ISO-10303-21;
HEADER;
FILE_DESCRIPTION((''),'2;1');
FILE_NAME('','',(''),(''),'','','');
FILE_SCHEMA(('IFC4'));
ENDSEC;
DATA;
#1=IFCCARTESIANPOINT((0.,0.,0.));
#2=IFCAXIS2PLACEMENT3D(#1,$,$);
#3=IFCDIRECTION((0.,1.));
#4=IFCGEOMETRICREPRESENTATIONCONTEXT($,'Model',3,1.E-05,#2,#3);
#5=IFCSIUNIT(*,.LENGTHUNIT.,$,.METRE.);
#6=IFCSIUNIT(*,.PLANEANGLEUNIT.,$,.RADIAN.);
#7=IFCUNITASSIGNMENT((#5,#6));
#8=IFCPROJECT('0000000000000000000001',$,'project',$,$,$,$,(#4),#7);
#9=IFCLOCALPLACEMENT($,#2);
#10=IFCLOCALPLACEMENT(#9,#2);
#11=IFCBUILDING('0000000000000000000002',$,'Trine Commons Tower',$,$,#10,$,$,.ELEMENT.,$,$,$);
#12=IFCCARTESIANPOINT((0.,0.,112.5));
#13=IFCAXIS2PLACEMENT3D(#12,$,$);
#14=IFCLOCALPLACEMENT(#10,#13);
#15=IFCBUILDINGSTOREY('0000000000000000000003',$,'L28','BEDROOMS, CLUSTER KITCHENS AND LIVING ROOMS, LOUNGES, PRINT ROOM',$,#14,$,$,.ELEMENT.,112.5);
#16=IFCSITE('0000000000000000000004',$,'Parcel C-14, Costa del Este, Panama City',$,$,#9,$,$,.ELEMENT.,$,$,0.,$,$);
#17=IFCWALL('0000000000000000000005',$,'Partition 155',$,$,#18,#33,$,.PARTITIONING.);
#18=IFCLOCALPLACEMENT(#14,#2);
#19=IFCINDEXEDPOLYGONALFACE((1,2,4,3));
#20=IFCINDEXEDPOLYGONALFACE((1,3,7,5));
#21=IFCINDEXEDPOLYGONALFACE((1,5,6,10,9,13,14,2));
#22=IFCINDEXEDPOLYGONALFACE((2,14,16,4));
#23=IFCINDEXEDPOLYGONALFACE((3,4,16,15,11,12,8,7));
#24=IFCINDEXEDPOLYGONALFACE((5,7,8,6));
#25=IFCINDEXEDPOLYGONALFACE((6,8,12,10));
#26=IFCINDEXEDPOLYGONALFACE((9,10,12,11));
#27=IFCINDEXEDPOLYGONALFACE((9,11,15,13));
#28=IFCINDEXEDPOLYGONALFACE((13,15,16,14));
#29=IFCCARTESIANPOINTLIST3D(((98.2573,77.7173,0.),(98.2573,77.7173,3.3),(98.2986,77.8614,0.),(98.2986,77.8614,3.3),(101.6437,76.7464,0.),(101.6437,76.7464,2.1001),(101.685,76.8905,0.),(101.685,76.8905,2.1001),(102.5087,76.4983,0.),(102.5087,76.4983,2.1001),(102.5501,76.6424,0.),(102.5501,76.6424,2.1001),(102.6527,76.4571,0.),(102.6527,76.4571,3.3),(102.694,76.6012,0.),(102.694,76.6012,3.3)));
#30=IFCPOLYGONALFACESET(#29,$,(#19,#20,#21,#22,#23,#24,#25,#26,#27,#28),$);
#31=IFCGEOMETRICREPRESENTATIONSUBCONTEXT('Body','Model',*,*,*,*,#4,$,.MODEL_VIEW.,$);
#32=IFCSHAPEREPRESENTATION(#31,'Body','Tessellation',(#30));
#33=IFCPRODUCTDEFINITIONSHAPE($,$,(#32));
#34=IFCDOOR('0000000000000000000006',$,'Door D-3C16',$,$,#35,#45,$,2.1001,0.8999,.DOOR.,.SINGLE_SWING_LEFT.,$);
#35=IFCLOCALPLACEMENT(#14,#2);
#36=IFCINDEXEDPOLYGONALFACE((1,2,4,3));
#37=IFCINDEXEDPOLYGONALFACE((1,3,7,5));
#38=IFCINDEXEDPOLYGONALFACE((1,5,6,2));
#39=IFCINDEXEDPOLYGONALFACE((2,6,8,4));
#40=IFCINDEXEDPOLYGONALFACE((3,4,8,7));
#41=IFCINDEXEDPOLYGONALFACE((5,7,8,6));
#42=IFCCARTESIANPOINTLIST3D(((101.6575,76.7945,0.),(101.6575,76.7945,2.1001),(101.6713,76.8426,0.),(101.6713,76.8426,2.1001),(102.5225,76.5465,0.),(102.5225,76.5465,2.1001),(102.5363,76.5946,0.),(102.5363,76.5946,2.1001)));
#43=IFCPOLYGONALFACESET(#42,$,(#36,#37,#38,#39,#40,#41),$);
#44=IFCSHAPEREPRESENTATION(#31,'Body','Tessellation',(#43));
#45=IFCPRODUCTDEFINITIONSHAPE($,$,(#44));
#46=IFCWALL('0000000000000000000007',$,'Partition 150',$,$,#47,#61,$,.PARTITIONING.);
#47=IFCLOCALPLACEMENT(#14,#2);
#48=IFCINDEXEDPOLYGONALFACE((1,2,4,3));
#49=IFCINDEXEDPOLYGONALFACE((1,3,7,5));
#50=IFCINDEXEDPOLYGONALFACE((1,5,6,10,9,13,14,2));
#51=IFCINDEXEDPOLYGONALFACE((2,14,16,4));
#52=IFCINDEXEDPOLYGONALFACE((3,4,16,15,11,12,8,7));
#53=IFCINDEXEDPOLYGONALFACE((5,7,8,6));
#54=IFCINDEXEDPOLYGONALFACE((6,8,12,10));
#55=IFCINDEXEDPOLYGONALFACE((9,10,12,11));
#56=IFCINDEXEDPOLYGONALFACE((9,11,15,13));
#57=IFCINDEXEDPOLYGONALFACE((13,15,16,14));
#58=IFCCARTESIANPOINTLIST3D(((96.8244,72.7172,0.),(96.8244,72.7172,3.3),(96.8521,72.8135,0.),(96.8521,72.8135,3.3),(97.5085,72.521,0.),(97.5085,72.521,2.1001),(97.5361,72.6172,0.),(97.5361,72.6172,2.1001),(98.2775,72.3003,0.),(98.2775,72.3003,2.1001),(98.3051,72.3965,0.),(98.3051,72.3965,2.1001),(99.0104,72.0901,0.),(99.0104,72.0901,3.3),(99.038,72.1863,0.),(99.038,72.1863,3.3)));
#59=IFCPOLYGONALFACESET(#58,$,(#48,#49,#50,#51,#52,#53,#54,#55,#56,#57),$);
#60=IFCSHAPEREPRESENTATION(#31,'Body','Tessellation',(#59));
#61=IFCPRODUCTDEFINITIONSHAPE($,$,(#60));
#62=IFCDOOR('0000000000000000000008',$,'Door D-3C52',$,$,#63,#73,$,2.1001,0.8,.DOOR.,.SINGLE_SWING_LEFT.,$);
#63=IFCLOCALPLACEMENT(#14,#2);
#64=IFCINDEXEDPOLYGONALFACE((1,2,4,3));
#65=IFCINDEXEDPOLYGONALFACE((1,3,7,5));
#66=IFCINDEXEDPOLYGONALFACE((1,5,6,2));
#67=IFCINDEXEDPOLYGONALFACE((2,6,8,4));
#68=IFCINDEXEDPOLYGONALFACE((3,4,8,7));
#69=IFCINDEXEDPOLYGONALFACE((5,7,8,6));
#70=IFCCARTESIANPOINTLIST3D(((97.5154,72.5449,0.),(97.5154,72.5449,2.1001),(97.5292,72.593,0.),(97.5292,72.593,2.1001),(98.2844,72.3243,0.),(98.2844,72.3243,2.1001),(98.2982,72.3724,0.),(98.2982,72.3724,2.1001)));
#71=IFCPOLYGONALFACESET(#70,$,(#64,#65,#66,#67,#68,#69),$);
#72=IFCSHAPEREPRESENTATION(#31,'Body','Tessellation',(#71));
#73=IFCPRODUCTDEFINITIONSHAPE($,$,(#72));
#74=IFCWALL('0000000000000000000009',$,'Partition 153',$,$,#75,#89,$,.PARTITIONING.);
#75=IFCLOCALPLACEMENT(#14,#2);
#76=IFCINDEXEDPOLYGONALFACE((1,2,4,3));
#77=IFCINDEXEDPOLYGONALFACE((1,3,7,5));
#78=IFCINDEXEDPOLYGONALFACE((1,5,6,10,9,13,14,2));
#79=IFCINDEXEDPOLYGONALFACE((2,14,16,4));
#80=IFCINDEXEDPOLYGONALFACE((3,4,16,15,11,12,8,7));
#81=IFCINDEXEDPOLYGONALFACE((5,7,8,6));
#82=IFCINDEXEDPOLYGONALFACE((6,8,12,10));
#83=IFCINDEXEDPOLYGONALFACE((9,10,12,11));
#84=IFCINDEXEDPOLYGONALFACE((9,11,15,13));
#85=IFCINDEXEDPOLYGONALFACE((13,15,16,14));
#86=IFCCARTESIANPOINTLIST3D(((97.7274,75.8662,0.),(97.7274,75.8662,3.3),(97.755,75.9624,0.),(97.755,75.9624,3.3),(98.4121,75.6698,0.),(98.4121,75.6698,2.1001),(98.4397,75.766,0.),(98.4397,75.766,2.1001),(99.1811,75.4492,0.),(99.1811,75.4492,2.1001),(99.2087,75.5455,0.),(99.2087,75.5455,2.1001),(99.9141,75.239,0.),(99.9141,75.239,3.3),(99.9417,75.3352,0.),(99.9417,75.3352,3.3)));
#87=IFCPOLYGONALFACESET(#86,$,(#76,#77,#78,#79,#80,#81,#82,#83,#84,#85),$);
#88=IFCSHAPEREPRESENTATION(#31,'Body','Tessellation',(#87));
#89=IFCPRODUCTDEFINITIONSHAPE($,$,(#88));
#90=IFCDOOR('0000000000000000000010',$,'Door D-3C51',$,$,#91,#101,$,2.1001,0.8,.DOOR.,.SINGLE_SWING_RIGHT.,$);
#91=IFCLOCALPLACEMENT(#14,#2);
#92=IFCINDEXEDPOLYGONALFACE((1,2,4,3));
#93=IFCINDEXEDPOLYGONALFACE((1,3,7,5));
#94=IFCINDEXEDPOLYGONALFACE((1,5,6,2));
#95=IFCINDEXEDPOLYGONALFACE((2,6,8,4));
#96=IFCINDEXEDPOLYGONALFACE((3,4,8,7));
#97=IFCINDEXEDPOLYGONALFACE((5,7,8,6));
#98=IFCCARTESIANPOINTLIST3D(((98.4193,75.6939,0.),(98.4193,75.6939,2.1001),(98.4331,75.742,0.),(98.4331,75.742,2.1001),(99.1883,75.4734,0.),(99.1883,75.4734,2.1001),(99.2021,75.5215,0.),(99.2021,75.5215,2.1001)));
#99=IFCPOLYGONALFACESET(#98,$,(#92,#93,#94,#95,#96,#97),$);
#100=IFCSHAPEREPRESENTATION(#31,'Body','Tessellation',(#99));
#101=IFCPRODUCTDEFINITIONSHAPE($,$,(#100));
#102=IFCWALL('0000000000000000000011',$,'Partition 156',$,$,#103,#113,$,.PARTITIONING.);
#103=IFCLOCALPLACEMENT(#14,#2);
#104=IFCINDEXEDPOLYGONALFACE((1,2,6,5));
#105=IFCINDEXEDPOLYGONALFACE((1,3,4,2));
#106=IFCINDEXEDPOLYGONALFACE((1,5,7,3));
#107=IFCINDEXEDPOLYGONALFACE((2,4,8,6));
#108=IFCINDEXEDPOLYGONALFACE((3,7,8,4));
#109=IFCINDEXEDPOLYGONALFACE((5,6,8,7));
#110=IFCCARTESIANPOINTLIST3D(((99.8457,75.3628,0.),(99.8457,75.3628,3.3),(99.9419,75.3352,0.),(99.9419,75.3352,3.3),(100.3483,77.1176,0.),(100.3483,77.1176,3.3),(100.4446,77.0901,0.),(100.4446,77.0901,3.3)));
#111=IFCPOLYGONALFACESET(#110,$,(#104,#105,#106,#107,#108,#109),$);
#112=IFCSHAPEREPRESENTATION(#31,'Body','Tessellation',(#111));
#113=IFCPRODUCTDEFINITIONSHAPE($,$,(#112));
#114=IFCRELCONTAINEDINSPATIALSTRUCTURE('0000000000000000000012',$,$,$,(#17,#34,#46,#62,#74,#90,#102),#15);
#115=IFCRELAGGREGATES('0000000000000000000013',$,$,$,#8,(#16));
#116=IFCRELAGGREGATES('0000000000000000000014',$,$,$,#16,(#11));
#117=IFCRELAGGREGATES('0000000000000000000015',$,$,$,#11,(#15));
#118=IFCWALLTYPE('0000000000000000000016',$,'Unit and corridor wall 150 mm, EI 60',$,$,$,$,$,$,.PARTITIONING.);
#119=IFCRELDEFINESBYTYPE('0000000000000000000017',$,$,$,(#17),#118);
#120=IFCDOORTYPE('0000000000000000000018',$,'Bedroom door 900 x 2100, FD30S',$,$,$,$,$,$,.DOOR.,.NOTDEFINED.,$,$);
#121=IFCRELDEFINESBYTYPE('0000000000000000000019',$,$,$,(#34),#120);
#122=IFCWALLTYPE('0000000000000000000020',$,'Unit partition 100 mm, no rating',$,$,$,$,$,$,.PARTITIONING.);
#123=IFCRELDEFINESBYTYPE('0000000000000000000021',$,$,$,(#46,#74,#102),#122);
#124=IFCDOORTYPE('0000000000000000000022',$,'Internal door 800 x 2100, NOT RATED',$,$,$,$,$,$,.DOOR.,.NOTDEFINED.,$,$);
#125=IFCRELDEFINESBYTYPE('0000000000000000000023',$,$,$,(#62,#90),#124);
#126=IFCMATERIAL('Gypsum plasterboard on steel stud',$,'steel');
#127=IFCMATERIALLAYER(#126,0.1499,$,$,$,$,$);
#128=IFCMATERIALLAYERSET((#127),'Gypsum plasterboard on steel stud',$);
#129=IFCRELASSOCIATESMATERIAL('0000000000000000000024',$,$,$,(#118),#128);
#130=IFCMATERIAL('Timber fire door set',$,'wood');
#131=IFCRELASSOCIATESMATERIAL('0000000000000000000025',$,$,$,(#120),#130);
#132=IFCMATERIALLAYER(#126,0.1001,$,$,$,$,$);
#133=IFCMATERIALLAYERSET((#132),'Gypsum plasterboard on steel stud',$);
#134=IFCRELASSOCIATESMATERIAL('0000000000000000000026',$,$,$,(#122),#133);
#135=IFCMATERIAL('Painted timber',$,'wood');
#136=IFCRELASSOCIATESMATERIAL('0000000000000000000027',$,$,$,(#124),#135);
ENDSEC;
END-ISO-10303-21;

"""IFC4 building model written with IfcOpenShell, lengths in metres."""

from ifc_helpers import new_model, si_unit, direction, frame, frame_2d, origin, place, context, subcontext, project, spatial, rectangle, extrude, material, layer, layer_set, type_object, element, fill, save


model = new_model("IFC4")

# Units and contexts
model_context = context("Model", 3, precision=1e-05, world=origin(), true_north=direction((0.0, 1.0)))
body_context = subcontext(model_context, "Body", "Model", "MODEL_VIEW")
ifc_project = project(units=[si_unit("LENGTHUNIT", "METRE"), si_unit("PLANEANGLEUNIT", "RADIAN")], contexts=[model_context])

# Site, building, storey
site_placement = place(None, origin())
site = spatial("IfcSite", under=ifc_project, at=site_placement, Name="Parcel C-14, Costa del Este, Panama City", CompositionType="ELEMENT", RefElevation=0.0)
building_placement = place(site_placement, origin())
building = spatial("IfcBuilding", under=site, at=building_placement, Name="Trine Commons Tower", CompositionType="ELEMENT")
storey_placement = place(building_placement, frame((0.0, 0.0, 112.5)))
storey = spatial("IfcBuildingStorey", under=building, at=storey_placement, Name="L28", Description="BEDROOMS, CLUSTER KITCHENS AND LIVING ROOMS, LOUNGES, PRINT ROOM", CompositionType="ELEMENT", Elevation=112.5)

# Shared definitions
ifc_material_1 = material(Name="Gypsum plasterboard on steel stud", Category="steel")
ifc_layer_1 = layer(ifc_material_1, 0.1499)
ifc_layer_set_1 = layer_set([ifc_layer_1], Name="Gypsum plasterboard on steel stud")
wall_type_1 = type_object("IfcWallType", Name="Unit and corridor wall 150 mm, EI 60", PredefinedType="PARTITIONING", material=ifc_layer_set_1)

# Shared definitions
ifc_material_2 = material(Name="Timber fire door set", Category="wood")
door_type_1 = type_object("IfcDoorType", Name="Bedroom door 900 x 2100, FD30S", OperationType="NOTDEFINED", PredefinedType="DOOR", material=ifc_material_2)

# Walls, openings, doors
wall_1_placement = place(storey_placement, frame((98.2781, 77.7893, 0.0), z_axis=(0.0, 0.0, 1.0), x_axis=(0.96127, -0.27561, 0.0)))
wall_1 = element("IfcWall", 1, at=wall_1_placement, inside=storey, type_object=wall_type_1, Name="Partition 155", PredefinedType="PARTITIONING", context=body_context, shape_type="SweptSolid", body=[
    extrude(rectangle(XDim=4.5725, YDim=0.1499, at=frame_2d((2.2861, 0.0))), origin(), (0.0, 0.0, 1.0), 3.3),
])
opening_1_placement = place(wall_1_placement, frame((3.5227, 0.0, 0.0)))
opening_1 = element("IfcOpeningElement", 2, at=opening_1_placement, cuts=wall_1, PredefinedType="OPENING", context=body_context, shape_type="SweptSolid", body=[
    extrude(rectangle(XDim=0.8999, YDim=2.1001, at=frame_2d((0.45, 1.05))), frame((0.0, 0.085, 0.0), z_axis=(0.0, -1.0, 0.0), x_axis=(1.0, 0.0, 0.0)), (0.0, 0.0, 1.0), 0.1699),
])
door_1_placement = place(opening_1_placement, frame((0.8999, 0.0, 0.0), z_axis=(0.0, 0.0, 1.0), x_axis=(-1.0, 0.0, 0.0)))
door_1 = element("IfcDoor", 3, at=door_1_placement, inside=storey, type_object=door_type_1, Name="Door D-3C16", OperationType="SINGLE_SWING_LEFT", OverallHeight=2.1001, OverallWidth=0.8999, PredefinedType="DOOR", context=body_context, shape_type="SweptSolid", body=[
    extrude(rectangle(XDim=0.8999, YDim=2.1001, at=frame_2d((0.45, 1.05))), frame((0.0, 0.0249, 0.0), z_axis=(0.0, -1.0, 0.0), x_axis=(1.0, 0.0, 0.0)), (0.0, 0.0, 1.0), 0.05),
])
fill(opening_1, door_1)
ifc_layer_2 = layer(ifc_material_1, 0.1001)
ifc_layer_set_2 = layer_set([ifc_layer_2], Name="Gypsum plasterboard on steel stud")
wall_type_2 = type_object("IfcWallType", Name="Unit partition 100 mm, no rating", PredefinedType="PARTITIONING", material=ifc_layer_set_2)
wall_2_placement = place(storey_placement, frame((96.8381, 72.7654, 0.0), z_axis=(0.0, 0.0, 1.0), x_axis=(0.96122, -0.275784, 0.0)))
wall_2 = element("IfcWall", 4, at=wall_2_placement, inside=storey, type_object=wall_type_2, Name="Partition 150", PredefinedType="PARTITIONING", context=body_context, shape_type="SweptSolid", body=[
    extrude(rectangle(XDim=2.2742, YDim=0.1001, at=frame_2d((1.1372, 0.0))), origin(), (0.0, 0.0, 1.0), 3.3),
])
opening_2_placement = place(wall_2_placement, frame((0.7119, 0.0, 0.0)))
opening_2 = element("IfcOpeningElement", 5, at=opening_2_placement, cuts=wall_2, PredefinedType="OPENING", context=body_context, shape_type="SweptSolid", body=[
    extrude(rectangle(XDim=0.8, YDim=2.1001, at=frame_2d((0.3999, 1.05))), frame((0.0, 0.0601, 0.0), z_axis=(0.0, -1.0, 0.0), x_axis=(1.0, 0.0, 0.0)), (0.0, 0.0, 1.0), 0.1201),
])
ifc_material_3 = material(Name="Painted timber", Category="wood")
door_type_2 = type_object("IfcDoorType", Name="Internal door 800 x 2100, NOT RATED", OperationType="NOTDEFINED", PredefinedType="DOOR", material=ifc_material_3)
door_2_placement = place(opening_2_placement, origin())
door_2 = element("IfcDoor", 6, at=door_2_placement, inside=storey, type_object=door_type_2, Name="Door D-3C52", OperationType="SINGLE_SWING_LEFT", OverallHeight=2.1001, OverallWidth=0.8, PredefinedType="DOOR", context=body_context, shape_type="SweptSolid", body=[
    extrude(rectangle(XDim=0.8, YDim=2.1001, at=frame_2d((0.3999, 1.05))), frame((0.0, 0.0249, 0.0), z_axis=(0.0, -1.0, 0.0), x_axis=(1.0, 0.0, 0.0)), (0.0, 0.0, 1.0), 0.05),
])
fill(opening_2, door_2)
wall_3_placement = place(storey_placement, frame((97.7412, 75.9143, 0.0), z_axis=(0.0, 0.0, 1.0), x_axis=(0.961244, -0.275699, 0.0)))
wall_3 = element("IfcWall", 7, at=wall_3_placement, inside=storey, type_object=wall_type_2, Name="Partition 153", PredefinedType="PARTITIONING", context=body_context, shape_type="SweptSolid", body=[
    extrude(rectangle(XDim=2.2749, YDim=0.1001, at=frame_2d((1.1375, 0.0))), origin(), (0.0, 0.0, 1.0), 3.3),
])
opening_3_placement = place(wall_3_placement, frame((0.7124, 0.0, 0.0)))
opening_3 = element("IfcOpeningElement", 8, at=opening_3_placement, cuts=wall_3, PredefinedType="OPENING", context=body_context, shape_type="SweptSolid", body=[
    extrude(rectangle(XDim=0.8, YDim=2.1001, at=frame_2d((0.3999, 1.05))), frame((0.0, 0.0601, 0.0), z_axis=(0.0, -1.0, 0.0), x_axis=(1.0, 0.0, 0.0)), (0.0, 0.0, 1.0), 0.1201),
])
door_3_placement = place(opening_3_placement, frame((0.8, 0.0, 0.0), z_axis=(0.0, 0.0, 1.0), x_axis=(-1.0, 0.0, 0.0)))
door_3 = element("IfcDoor", 9, at=door_3_placement, inside=storey, type_object=door_type_2, Name="Door D-3C51", OperationType="SINGLE_SWING_RIGHT", OverallHeight=2.1001, OverallWidth=0.8, PredefinedType="DOOR", context=body_context, shape_type="SweptSolid", body=[
    extrude(rectangle(XDim=0.8, YDim=2.1001, at=frame_2d((0.3999, 1.05))), frame((0.0, 0.0249, 0.0), z_axis=(0.0, -1.0, 0.0), x_axis=(1.0, 0.0, 0.0)), (0.0, 0.0, 1.0), 0.05),
])
fill(opening_3, door_3)

# Wall
wall_4_placement = place(storey_placement, frame((99.8938, 75.3491, 0.0), z_axis=(0.0, 0.0, 1.0), x_axis=(0.275375, 0.961337, 0.0)))
element("IfcWall", 10, at=wall_4_placement, inside=storey, type_object=wall_type_2, Name="Partition 156", PredefinedType="PARTITIONING", context=body_context, shape_type="SweptSolid", body=[
    extrude(rectangle(XDim=1.8254, YDim=0.1001, at=frame_2d((0.9126, 0.0))), origin(), (0.0, 0.0, 1.0), 3.3),
])

save(model, "model.ifc")
